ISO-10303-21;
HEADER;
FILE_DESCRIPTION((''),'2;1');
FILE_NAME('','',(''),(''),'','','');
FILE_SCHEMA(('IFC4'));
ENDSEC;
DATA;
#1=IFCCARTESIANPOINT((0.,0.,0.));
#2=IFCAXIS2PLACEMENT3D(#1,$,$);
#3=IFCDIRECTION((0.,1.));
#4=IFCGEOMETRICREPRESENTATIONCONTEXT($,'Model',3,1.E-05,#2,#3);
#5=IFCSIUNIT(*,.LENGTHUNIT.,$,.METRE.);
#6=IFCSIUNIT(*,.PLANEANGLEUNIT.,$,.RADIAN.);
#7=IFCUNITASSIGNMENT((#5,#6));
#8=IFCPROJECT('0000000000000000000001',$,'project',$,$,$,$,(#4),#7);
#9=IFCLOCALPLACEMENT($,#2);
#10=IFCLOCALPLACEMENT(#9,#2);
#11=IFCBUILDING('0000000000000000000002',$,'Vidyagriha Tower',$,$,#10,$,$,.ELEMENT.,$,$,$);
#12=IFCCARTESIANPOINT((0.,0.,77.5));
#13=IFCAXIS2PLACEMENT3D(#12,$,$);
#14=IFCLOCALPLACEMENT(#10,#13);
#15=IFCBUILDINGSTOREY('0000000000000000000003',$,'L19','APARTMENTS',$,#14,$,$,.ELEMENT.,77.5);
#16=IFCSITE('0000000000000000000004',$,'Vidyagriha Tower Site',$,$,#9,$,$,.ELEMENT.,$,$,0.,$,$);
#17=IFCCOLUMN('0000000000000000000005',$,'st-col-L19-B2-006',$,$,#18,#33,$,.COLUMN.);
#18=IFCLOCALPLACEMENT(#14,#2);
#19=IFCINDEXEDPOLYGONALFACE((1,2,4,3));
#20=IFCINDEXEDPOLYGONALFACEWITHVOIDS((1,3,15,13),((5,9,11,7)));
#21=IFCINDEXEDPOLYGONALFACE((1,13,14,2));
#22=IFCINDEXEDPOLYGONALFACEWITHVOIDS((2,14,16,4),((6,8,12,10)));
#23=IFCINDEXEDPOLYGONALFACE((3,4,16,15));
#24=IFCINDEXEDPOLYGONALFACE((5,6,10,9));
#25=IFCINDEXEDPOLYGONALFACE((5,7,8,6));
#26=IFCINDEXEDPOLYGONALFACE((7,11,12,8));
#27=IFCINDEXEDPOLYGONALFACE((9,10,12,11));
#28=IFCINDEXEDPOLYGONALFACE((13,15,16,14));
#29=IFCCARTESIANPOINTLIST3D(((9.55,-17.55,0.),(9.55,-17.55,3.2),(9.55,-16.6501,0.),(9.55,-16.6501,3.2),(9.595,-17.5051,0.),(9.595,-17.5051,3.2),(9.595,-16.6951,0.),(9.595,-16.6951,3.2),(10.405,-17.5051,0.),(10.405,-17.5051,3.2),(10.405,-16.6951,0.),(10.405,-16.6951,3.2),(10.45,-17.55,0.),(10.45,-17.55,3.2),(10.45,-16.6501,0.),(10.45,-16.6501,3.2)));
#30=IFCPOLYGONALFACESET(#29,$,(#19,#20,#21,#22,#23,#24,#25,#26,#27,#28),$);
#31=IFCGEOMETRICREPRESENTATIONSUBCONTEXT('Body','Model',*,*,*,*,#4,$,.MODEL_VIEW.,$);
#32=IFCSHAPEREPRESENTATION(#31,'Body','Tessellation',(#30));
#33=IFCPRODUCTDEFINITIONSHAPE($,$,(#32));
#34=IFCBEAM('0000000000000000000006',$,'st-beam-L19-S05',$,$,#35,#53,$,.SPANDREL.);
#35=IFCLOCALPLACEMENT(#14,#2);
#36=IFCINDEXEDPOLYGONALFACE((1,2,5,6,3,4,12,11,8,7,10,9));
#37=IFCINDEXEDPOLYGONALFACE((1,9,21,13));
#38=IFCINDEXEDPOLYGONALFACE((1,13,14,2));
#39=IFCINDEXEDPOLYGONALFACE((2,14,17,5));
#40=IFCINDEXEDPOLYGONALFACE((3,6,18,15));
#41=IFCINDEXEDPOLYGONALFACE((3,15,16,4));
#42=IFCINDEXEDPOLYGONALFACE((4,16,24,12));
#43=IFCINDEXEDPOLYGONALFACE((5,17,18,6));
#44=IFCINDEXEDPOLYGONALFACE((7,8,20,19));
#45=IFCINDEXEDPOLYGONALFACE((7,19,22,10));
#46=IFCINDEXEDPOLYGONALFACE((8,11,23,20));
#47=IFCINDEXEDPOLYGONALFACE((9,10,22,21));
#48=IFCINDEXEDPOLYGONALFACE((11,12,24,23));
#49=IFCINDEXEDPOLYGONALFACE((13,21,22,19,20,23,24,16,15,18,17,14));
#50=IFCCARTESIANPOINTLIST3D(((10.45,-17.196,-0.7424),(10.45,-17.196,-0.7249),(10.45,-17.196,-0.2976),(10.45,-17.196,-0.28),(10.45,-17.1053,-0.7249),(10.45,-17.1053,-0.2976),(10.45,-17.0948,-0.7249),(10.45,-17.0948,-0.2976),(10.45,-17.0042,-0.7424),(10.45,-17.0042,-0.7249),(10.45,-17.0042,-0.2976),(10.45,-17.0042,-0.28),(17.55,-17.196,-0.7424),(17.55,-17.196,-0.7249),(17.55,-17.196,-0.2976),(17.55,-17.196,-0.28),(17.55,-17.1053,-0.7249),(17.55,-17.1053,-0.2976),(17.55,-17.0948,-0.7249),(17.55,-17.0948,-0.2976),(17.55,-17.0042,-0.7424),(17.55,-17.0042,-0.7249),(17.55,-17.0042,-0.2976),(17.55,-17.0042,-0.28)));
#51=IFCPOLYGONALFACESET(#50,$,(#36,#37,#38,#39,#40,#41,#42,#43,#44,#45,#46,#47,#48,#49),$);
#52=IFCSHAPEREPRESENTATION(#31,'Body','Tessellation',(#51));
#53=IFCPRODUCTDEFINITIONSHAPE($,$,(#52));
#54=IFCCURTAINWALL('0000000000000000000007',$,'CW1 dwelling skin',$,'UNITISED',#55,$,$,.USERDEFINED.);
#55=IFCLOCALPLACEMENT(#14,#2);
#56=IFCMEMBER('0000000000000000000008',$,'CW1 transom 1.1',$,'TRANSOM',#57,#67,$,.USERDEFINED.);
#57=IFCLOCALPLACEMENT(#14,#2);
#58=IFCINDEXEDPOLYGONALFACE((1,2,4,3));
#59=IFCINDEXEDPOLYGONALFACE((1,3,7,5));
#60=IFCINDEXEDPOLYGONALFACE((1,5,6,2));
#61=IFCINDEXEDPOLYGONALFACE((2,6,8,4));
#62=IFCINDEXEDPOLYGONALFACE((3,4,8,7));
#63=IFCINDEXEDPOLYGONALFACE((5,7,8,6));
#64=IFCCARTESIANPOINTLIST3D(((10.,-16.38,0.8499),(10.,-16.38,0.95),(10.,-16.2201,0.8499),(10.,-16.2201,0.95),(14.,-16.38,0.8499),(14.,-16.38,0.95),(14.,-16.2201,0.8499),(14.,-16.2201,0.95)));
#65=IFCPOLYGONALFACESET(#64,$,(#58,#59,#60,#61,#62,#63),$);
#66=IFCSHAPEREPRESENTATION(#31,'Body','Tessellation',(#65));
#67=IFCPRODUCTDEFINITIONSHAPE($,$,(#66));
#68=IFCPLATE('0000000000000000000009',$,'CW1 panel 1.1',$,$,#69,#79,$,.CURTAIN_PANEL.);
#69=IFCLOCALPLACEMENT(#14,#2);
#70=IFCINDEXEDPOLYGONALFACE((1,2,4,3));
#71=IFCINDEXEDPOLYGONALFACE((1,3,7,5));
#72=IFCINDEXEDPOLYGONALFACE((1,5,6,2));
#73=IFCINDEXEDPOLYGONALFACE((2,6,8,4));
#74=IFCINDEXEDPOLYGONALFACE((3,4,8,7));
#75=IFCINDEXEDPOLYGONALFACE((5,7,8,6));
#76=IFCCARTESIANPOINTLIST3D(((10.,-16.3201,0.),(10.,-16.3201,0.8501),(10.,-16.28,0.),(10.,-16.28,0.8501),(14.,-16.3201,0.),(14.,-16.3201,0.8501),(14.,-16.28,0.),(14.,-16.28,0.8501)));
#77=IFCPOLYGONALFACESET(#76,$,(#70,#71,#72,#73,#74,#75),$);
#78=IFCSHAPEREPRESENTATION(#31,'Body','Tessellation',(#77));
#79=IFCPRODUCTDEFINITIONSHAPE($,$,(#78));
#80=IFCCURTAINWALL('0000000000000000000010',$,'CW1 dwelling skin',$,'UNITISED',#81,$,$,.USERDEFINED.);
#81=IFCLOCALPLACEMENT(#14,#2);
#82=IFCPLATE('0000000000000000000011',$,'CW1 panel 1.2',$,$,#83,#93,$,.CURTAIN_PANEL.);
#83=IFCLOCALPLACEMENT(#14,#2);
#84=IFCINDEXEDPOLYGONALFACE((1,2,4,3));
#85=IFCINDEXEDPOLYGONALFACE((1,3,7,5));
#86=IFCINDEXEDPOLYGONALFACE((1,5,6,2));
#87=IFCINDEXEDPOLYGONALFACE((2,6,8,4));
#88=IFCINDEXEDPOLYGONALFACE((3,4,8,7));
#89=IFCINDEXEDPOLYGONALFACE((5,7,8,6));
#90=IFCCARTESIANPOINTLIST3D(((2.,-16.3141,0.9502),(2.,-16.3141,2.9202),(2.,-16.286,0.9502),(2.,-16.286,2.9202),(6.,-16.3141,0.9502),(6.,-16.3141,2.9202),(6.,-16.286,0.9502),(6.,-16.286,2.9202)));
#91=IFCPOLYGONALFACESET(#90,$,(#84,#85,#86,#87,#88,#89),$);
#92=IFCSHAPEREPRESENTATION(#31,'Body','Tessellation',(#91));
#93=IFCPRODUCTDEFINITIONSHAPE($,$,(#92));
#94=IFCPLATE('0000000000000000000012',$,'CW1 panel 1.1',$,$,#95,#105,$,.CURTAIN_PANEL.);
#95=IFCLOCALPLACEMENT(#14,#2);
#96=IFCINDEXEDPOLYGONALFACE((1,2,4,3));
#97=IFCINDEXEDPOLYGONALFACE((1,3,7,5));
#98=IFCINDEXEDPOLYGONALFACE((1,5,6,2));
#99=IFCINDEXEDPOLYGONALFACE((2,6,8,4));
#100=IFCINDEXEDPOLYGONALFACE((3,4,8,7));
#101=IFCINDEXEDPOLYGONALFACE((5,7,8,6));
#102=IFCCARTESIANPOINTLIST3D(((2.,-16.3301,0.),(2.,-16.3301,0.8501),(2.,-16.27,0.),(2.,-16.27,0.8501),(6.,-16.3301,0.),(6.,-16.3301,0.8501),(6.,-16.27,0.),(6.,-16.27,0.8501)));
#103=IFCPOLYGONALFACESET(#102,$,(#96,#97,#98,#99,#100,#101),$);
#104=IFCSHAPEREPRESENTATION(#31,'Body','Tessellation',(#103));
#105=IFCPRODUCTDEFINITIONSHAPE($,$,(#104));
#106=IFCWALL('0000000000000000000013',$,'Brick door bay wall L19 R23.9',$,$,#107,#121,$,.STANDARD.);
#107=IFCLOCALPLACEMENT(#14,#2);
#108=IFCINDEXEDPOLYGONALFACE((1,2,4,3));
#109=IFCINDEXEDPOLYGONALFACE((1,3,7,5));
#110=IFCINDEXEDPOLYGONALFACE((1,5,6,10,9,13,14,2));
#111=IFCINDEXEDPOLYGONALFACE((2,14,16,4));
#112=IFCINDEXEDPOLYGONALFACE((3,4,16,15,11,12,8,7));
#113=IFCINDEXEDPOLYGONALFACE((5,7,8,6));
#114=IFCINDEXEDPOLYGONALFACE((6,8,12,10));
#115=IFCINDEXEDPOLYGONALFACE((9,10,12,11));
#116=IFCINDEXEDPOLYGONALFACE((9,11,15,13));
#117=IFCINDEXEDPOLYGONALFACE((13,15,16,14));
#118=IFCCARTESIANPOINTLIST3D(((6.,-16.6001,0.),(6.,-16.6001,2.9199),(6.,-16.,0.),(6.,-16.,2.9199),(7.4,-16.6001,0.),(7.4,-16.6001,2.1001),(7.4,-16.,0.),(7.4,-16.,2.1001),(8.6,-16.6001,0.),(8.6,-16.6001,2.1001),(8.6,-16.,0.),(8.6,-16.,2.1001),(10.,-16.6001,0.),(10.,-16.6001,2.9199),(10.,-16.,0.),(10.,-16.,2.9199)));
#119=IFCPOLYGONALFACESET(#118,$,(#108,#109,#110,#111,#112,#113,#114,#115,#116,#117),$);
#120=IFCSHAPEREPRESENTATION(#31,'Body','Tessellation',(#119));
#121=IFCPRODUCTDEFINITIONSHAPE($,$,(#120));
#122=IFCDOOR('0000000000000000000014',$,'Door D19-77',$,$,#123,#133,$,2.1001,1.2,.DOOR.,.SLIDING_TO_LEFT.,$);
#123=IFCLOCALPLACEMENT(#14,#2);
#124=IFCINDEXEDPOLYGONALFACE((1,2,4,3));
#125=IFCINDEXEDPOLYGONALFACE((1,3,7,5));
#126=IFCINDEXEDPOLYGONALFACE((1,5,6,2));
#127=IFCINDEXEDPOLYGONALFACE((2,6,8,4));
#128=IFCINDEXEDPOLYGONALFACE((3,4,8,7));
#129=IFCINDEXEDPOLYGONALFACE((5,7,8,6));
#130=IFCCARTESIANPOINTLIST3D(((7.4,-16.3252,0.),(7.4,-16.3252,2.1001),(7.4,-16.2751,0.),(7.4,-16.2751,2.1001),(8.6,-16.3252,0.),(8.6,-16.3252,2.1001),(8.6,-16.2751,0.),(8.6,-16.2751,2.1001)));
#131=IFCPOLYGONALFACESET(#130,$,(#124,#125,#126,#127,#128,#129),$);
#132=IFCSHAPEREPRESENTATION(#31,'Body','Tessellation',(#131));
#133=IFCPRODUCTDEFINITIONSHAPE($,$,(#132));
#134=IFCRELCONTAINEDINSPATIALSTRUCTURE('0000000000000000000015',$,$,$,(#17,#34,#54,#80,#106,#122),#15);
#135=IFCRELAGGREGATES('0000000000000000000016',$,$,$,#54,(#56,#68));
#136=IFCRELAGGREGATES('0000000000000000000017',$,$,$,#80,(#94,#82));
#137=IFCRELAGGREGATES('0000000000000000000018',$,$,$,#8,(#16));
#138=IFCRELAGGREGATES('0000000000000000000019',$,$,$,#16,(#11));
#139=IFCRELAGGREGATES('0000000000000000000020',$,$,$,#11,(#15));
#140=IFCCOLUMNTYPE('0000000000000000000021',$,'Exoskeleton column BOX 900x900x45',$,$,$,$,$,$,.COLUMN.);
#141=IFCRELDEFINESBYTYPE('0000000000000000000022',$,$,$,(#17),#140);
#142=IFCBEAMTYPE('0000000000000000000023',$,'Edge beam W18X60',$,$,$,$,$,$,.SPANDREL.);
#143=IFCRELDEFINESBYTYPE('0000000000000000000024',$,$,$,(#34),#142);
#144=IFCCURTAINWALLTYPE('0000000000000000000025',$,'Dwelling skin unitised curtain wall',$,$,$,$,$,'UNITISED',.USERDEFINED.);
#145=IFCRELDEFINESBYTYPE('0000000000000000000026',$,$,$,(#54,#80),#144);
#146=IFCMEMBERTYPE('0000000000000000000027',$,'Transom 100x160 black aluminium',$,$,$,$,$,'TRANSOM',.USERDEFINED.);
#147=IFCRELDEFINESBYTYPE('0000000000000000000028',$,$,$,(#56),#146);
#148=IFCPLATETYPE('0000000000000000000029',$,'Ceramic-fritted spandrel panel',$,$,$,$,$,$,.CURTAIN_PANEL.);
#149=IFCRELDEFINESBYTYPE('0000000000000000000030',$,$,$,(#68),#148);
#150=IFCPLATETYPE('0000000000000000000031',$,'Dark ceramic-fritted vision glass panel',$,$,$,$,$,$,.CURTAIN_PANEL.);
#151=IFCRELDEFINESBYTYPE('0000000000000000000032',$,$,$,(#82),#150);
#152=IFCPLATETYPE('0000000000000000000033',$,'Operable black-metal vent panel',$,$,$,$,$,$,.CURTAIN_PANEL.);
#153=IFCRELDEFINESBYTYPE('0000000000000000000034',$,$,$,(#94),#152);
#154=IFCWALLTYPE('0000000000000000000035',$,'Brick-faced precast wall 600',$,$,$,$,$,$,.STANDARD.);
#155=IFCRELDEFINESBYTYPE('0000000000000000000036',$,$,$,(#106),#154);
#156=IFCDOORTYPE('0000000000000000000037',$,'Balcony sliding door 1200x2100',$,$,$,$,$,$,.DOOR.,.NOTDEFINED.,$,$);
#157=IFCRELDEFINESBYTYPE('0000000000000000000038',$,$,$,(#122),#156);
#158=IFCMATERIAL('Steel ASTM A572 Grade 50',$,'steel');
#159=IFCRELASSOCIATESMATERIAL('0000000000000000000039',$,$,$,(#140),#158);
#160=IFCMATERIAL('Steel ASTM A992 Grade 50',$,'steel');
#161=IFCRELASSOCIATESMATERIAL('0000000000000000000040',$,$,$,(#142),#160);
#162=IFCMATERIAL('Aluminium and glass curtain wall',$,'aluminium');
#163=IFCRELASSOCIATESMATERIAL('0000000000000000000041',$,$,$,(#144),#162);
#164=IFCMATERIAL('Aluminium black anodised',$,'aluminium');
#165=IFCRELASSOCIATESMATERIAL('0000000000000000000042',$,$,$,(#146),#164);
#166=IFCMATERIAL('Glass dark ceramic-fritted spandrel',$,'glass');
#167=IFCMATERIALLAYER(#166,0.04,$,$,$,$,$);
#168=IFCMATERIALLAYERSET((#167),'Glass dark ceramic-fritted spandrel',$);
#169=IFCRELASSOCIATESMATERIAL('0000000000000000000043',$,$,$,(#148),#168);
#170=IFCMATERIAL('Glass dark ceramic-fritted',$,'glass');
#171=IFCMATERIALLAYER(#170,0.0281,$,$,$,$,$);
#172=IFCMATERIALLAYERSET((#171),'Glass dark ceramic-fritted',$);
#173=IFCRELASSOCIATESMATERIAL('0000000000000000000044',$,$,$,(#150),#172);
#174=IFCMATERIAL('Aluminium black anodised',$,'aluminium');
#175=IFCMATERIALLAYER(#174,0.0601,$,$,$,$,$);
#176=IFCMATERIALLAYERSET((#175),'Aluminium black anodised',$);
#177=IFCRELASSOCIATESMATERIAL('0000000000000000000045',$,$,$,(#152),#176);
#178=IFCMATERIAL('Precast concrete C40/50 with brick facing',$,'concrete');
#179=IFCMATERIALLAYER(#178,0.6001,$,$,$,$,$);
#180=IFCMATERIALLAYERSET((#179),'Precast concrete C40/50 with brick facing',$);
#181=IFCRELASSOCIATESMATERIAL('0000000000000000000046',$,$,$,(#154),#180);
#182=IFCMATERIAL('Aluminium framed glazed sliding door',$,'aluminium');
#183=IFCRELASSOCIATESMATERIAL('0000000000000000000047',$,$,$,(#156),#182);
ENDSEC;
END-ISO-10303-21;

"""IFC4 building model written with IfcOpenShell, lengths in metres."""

from ifc_helpers import new_model, si_unit, direction, frame, frame_2d, origin, origin_2d, place, context, subcontext, project, spatial, rectangle, hollow_rectangle, i_section, extrude, material, layer, layer_set, material_profile, profile_set, type_object, element, fill, aggregate, save


model = new_model("IFC4")

# Units and contexts
model_context = context("Model", 3, precision=1e-05, world=origin(), true_north=direction((0.0, 1.0)))
body_context = subcontext(model_context, "Body", "Model", "MODEL_VIEW")
ifc_project = project(units=[si_unit("LENGTHUNIT", "METRE"), si_unit("PLANEANGLEUNIT", "RADIAN")], contexts=[model_context])

# Site, building, storey
site_placement = place(None, origin())
site = spatial("IfcSite", under=ifc_project, at=site_placement, Name="Vidyagriha Tower Site", CompositionType="ELEMENT", RefElevation=0.0)
building_placement = place(site_placement, origin())
building = spatial("IfcBuilding", under=site, at=building_placement, Name="Vidyagriha Tower", CompositionType="ELEMENT")
storey_placement = place(building_placement, frame((0.0, 0.0, 77.5)))
storey = spatial("IfcBuildingStorey", under=building, at=storey_placement, Name="L19", Description="APARTMENTS", CompositionType="ELEMENT", Elevation=77.5)

# Column
ifc_material_1 = material(Name="Steel ASTM A572 Grade 50", Category="steel")
ifc_material_profile_1 = material_profile(ifc_material_1, hollow_rectangle(XDim=0.8999, YDim=0.8999, WallThickness=0.0449, at=origin_2d()), Name="BOX 900x900x45")
ifc_profile_set_1 = profile_set([ifc_material_profile_1], Name="Steel ASTM A572 Grade 50")
column_type = type_object("IfcColumnType", Name="Exoskeleton column BOX 900x900x45", PredefinedType="COLUMN", material=ifc_profile_set_1)
column_placement = place(storey_placement, frame((10.0, -17.1001, 0.0)))
element("IfcColumn", 1, at=column_placement, inside=storey, type_object=column_type, Name="st-col-L19-B2-006", PredefinedType="COLUMN", context=body_context, shape_type="SweptSolid", body=[
    extrude(hollow_rectangle(XDim=0.8999, YDim=0.8999, WallThickness=0.0449, at=origin_2d()), origin(), (0.0, 0.0, 1.0), 3.2),
])

# Beam
ifc_material_2 = material(Name="Steel ASTM A992 Grade 50", Category="steel")
ifc_material_profile_2 = material_profile(ifc_material_2, i_section(OverallWidth=0.1919, OverallDepth=0.4624, WebThickness=0.0105, FlangeThickness=0.0176, at=origin_2d()), Name="W18X60")
ifc_profile_set_2 = profile_set([ifc_material_profile_2], Name="Steel ASTM A992 Grade 50")
beam_type = type_object("IfcBeamType", Name="Edge beam W18X60", PredefinedType="SPANDREL", material=ifc_profile_set_2)
beam_placement = place(storey_placement, frame((10.45, -17.1001, -0.5112), z_axis=(1.0, 0.0, 0.0), x_axis=(0.0, 1.0, 0.0)))
element("IfcBeam", 2, at=beam_placement, inside=storey, type_object=beam_type, Name="st-beam-L19-S05", PredefinedType="SPANDREL", context=body_context, shape_type="SweptSolid", body=[
    extrude(i_section(OverallWidth=0.1919, OverallDepth=0.4624, WebThickness=0.0105, FlangeThickness=0.0176, at=origin_2d()), origin(), (0.0, 0.0, 1.0), 7.1001),
])

# Curtain wall, member, plate
ifc_material_3 = material(Name="Aluminium and glass curtain wall", Category="aluminium")
curtain_wall_type = type_object("IfcCurtainWallType", Name="Dwelling skin unitised curtain wall", ElementType="UNITISED", PredefinedType="USERDEFINED", material=ifc_material_3)
curtain_wall_1_placement = place(storey_placement, origin())
curtain_wall_1 = element("IfcCurtainWall", 3, at=curtain_wall_1_placement, inside=storey, type_object=curtain_wall_type, Name="CW1 dwelling skin", ObjectType="UNITISED", PredefinedType="USERDEFINED")
ifc_material_4 = material(Name="Aluminium black anodised", Category="aluminium")
ifc_material_profile_3 = material_profile(ifc_material_4, rectangle(XDim=0.1599, YDim=0.1001, at=origin_2d()), Name="Transom 100x160 black aluminium")
ifc_profile_set_3 = profile_set([ifc_material_profile_3], Name="Aluminium black anodised")
member_type = type_object("IfcMemberType", Name="Transom 100x160 black aluminium", ElementType="TRANSOM", PredefinedType="USERDEFINED", material=ifc_profile_set_3)
member_placement = place(storey_placement, frame((10.0, -16.3, 0.8999), z_axis=(1.0, 0.0, 0.0), x_axis=(0.0, 1.0, 0.0)))
member = element("IfcMember", 4, at=member_placement, type_object=member_type, Name="CW1 transom 1.1", ObjectType="TRANSOM", PredefinedType="USERDEFINED", context=body_context, shape_type="SweptSolid", body=[
    extrude(rectangle(XDim=0.1599, YDim=0.1001, at=origin_2d()), origin(), (0.0, 0.0, 1.0), 4.0),
])
ifc_material_5 = material(Name="Glass dark ceramic-fritted spandrel", Category="glass")
ifc_layer_1 = layer(ifc_material_5, 0.04)
ifc_layer_set_1 = layer_set([ifc_layer_1], Name="Glass dark ceramic-fritted spandrel")
plate_type_1 = type_object("IfcPlateType", Name="Ceramic-fritted spandrel panel", PredefinedType="CURTAIN_PANEL", material=ifc_layer_set_1)
plate_1_placement = place(storey_placement, frame((12.0, -16.3, 0.0)))
plate_1 = element("IfcPlate", 5, at=plate_1_placement, type_object=plate_type_1, Name="CW1 panel 1.1", PredefinedType="CURTAIN_PANEL", context=body_context, shape_type="SweptSolid", body=[
    extrude(rectangle(XDim=4.0, YDim=0.04, at=origin_2d()), origin(), (0.0, 0.0, 1.0), 0.8501),
])
aggregate(curtain_wall_1, [member, plate_1])

# Curtain wall, plates
curtain_wall_2_placement = place(storey_placement, origin())
curtain_wall_2 = element("IfcCurtainWall", 6, at=curtain_wall_2_placement, inside=storey, type_object=curtain_wall_type, Name="CW1 dwelling skin", ObjectType="UNITISED", PredefinedType="USERDEFINED")
ifc_material_6 = material(Name="Glass dark ceramic-fritted", Category="glass")
ifc_layer_2 = layer(ifc_material_6, 0.0281)
ifc_layer_set_2 = layer_set([ifc_layer_2], Name="Glass dark ceramic-fritted")
plate_type_2 = type_object("IfcPlateType", Name="Dark ceramic-fritted vision glass panel", PredefinedType="CURTAIN_PANEL", material=ifc_layer_set_2)
plate_2_placement = place(storey_placement, frame((4.0, -16.3, 0.9502)))
plate_2 = element("IfcPlate", 7, at=plate_2_placement, type_object=plate_type_2, Name="CW1 panel 1.2", PredefinedType="CURTAIN_PANEL", context=body_context, shape_type="SweptSolid", body=[
    extrude(rectangle(XDim=4.0, YDim=0.0281, at=origin_2d()), origin(), (0.0, 0.0, 1.0), 1.97),
])
ifc_material_7 = material(Name="Aluminium black anodised", Category="aluminium")
ifc_layer_3 = layer(ifc_material_7, 0.0601)
ifc_layer_set_3 = layer_set([ifc_layer_3], Name="Aluminium black anodised")
plate_type_3 = type_object("IfcPlateType", Name="Operable black-metal vent panel", PredefinedType="CURTAIN_PANEL", material=ifc_layer_set_3)
plate_3_placement = place(storey_placement, frame((4.0, -16.3, 0.0)))
plate_3 = element("IfcPlate", 8, at=plate_3_placement, type_object=plate_type_3, Name="CW1 panel 1.1", PredefinedType="CURTAIN_PANEL", context=body_context, shape_type="SweptSolid", body=[
    extrude(rectangle(XDim=4.0, YDim=0.0601, at=origin_2d()), origin(), (0.0, 0.0, 1.0), 0.8501),
])
aggregate(curtain_wall_2, [plate_3, plate_2])

# Wall, opening, door
ifc_material_8 = material(Name="Precast concrete C40/50 with brick facing", Category="concrete")
ifc_layer_4 = layer(ifc_material_8, 0.6001)
ifc_layer_set_4 = layer_set([ifc_layer_4], Name="Precast concrete C40/50 with brick facing")
wall_type = type_object("IfcWallType", Name="Brick-faced precast wall 600", PredefinedType="STANDARD", material=ifc_layer_set_4)
wall_placement = place(storey_placement, frame((6.0, -16.3, 0.0)))
wall = element("IfcWall", 9, at=wall_placement, inside=storey, type_object=wall_type, Name="Brick door bay wall L19 R23.9", PredefinedType="STANDARD", context=body_context, shape_type="SweptSolid", body=[
    extrude(rectangle(XDim=4.0, YDim=0.6001, at=frame_2d((2.0, 0.0))), origin(), (0.0, 0.0, 1.0), 2.9199),
])
opening_placement = place(wall_placement, frame((1.3999, 0.0, 0.0)))
opening = element("IfcOpeningElement", 10, at=opening_placement, cuts=wall, PredefinedType="OPENING", context=body_context, shape_type="SweptSolid", body=[
    extrude(rectangle(XDim=1.2, YDim=2.1001, at=frame_2d((0.6001, 1.05))), frame((0.0, 0.3101, 0.0), z_axis=(0.0, -1.0, 0.0), x_axis=(1.0, 0.0, 0.0)), (0.0, 0.0, 1.0), 0.6201),
])
ifc_material_9 = material(Name="Aluminium framed glazed sliding door", Category="aluminium")
door_type = type_object("IfcDoorType", Name="Balcony sliding door 1200x2100", OperationType="NOTDEFINED", PredefinedType="DOOR", material=ifc_material_9)
door_placement = place(opening_placement, origin())
door = element("IfcDoor", 11, at=door_placement, inside=storey, type_object=door_type, Name="Door D19-77", OperationType="SLIDING_TO_LEFT", OverallHeight=2.1001, OverallWidth=1.2, PredefinedType="DOOR", context=body_context, shape_type="SweptSolid", body=[
    extrude(rectangle(XDim=1.2, YDim=2.1001, at=frame_2d((0.6001, 1.05))), frame((0.0, 0.0249, 0.0), z_axis=(0.0, -1.0, 0.0), x_axis=(1.0, 0.0, 0.0)), (0.0, 0.0, 1.0), 0.05),
])
fill(opening, door)

save(model, "model.ifc")
